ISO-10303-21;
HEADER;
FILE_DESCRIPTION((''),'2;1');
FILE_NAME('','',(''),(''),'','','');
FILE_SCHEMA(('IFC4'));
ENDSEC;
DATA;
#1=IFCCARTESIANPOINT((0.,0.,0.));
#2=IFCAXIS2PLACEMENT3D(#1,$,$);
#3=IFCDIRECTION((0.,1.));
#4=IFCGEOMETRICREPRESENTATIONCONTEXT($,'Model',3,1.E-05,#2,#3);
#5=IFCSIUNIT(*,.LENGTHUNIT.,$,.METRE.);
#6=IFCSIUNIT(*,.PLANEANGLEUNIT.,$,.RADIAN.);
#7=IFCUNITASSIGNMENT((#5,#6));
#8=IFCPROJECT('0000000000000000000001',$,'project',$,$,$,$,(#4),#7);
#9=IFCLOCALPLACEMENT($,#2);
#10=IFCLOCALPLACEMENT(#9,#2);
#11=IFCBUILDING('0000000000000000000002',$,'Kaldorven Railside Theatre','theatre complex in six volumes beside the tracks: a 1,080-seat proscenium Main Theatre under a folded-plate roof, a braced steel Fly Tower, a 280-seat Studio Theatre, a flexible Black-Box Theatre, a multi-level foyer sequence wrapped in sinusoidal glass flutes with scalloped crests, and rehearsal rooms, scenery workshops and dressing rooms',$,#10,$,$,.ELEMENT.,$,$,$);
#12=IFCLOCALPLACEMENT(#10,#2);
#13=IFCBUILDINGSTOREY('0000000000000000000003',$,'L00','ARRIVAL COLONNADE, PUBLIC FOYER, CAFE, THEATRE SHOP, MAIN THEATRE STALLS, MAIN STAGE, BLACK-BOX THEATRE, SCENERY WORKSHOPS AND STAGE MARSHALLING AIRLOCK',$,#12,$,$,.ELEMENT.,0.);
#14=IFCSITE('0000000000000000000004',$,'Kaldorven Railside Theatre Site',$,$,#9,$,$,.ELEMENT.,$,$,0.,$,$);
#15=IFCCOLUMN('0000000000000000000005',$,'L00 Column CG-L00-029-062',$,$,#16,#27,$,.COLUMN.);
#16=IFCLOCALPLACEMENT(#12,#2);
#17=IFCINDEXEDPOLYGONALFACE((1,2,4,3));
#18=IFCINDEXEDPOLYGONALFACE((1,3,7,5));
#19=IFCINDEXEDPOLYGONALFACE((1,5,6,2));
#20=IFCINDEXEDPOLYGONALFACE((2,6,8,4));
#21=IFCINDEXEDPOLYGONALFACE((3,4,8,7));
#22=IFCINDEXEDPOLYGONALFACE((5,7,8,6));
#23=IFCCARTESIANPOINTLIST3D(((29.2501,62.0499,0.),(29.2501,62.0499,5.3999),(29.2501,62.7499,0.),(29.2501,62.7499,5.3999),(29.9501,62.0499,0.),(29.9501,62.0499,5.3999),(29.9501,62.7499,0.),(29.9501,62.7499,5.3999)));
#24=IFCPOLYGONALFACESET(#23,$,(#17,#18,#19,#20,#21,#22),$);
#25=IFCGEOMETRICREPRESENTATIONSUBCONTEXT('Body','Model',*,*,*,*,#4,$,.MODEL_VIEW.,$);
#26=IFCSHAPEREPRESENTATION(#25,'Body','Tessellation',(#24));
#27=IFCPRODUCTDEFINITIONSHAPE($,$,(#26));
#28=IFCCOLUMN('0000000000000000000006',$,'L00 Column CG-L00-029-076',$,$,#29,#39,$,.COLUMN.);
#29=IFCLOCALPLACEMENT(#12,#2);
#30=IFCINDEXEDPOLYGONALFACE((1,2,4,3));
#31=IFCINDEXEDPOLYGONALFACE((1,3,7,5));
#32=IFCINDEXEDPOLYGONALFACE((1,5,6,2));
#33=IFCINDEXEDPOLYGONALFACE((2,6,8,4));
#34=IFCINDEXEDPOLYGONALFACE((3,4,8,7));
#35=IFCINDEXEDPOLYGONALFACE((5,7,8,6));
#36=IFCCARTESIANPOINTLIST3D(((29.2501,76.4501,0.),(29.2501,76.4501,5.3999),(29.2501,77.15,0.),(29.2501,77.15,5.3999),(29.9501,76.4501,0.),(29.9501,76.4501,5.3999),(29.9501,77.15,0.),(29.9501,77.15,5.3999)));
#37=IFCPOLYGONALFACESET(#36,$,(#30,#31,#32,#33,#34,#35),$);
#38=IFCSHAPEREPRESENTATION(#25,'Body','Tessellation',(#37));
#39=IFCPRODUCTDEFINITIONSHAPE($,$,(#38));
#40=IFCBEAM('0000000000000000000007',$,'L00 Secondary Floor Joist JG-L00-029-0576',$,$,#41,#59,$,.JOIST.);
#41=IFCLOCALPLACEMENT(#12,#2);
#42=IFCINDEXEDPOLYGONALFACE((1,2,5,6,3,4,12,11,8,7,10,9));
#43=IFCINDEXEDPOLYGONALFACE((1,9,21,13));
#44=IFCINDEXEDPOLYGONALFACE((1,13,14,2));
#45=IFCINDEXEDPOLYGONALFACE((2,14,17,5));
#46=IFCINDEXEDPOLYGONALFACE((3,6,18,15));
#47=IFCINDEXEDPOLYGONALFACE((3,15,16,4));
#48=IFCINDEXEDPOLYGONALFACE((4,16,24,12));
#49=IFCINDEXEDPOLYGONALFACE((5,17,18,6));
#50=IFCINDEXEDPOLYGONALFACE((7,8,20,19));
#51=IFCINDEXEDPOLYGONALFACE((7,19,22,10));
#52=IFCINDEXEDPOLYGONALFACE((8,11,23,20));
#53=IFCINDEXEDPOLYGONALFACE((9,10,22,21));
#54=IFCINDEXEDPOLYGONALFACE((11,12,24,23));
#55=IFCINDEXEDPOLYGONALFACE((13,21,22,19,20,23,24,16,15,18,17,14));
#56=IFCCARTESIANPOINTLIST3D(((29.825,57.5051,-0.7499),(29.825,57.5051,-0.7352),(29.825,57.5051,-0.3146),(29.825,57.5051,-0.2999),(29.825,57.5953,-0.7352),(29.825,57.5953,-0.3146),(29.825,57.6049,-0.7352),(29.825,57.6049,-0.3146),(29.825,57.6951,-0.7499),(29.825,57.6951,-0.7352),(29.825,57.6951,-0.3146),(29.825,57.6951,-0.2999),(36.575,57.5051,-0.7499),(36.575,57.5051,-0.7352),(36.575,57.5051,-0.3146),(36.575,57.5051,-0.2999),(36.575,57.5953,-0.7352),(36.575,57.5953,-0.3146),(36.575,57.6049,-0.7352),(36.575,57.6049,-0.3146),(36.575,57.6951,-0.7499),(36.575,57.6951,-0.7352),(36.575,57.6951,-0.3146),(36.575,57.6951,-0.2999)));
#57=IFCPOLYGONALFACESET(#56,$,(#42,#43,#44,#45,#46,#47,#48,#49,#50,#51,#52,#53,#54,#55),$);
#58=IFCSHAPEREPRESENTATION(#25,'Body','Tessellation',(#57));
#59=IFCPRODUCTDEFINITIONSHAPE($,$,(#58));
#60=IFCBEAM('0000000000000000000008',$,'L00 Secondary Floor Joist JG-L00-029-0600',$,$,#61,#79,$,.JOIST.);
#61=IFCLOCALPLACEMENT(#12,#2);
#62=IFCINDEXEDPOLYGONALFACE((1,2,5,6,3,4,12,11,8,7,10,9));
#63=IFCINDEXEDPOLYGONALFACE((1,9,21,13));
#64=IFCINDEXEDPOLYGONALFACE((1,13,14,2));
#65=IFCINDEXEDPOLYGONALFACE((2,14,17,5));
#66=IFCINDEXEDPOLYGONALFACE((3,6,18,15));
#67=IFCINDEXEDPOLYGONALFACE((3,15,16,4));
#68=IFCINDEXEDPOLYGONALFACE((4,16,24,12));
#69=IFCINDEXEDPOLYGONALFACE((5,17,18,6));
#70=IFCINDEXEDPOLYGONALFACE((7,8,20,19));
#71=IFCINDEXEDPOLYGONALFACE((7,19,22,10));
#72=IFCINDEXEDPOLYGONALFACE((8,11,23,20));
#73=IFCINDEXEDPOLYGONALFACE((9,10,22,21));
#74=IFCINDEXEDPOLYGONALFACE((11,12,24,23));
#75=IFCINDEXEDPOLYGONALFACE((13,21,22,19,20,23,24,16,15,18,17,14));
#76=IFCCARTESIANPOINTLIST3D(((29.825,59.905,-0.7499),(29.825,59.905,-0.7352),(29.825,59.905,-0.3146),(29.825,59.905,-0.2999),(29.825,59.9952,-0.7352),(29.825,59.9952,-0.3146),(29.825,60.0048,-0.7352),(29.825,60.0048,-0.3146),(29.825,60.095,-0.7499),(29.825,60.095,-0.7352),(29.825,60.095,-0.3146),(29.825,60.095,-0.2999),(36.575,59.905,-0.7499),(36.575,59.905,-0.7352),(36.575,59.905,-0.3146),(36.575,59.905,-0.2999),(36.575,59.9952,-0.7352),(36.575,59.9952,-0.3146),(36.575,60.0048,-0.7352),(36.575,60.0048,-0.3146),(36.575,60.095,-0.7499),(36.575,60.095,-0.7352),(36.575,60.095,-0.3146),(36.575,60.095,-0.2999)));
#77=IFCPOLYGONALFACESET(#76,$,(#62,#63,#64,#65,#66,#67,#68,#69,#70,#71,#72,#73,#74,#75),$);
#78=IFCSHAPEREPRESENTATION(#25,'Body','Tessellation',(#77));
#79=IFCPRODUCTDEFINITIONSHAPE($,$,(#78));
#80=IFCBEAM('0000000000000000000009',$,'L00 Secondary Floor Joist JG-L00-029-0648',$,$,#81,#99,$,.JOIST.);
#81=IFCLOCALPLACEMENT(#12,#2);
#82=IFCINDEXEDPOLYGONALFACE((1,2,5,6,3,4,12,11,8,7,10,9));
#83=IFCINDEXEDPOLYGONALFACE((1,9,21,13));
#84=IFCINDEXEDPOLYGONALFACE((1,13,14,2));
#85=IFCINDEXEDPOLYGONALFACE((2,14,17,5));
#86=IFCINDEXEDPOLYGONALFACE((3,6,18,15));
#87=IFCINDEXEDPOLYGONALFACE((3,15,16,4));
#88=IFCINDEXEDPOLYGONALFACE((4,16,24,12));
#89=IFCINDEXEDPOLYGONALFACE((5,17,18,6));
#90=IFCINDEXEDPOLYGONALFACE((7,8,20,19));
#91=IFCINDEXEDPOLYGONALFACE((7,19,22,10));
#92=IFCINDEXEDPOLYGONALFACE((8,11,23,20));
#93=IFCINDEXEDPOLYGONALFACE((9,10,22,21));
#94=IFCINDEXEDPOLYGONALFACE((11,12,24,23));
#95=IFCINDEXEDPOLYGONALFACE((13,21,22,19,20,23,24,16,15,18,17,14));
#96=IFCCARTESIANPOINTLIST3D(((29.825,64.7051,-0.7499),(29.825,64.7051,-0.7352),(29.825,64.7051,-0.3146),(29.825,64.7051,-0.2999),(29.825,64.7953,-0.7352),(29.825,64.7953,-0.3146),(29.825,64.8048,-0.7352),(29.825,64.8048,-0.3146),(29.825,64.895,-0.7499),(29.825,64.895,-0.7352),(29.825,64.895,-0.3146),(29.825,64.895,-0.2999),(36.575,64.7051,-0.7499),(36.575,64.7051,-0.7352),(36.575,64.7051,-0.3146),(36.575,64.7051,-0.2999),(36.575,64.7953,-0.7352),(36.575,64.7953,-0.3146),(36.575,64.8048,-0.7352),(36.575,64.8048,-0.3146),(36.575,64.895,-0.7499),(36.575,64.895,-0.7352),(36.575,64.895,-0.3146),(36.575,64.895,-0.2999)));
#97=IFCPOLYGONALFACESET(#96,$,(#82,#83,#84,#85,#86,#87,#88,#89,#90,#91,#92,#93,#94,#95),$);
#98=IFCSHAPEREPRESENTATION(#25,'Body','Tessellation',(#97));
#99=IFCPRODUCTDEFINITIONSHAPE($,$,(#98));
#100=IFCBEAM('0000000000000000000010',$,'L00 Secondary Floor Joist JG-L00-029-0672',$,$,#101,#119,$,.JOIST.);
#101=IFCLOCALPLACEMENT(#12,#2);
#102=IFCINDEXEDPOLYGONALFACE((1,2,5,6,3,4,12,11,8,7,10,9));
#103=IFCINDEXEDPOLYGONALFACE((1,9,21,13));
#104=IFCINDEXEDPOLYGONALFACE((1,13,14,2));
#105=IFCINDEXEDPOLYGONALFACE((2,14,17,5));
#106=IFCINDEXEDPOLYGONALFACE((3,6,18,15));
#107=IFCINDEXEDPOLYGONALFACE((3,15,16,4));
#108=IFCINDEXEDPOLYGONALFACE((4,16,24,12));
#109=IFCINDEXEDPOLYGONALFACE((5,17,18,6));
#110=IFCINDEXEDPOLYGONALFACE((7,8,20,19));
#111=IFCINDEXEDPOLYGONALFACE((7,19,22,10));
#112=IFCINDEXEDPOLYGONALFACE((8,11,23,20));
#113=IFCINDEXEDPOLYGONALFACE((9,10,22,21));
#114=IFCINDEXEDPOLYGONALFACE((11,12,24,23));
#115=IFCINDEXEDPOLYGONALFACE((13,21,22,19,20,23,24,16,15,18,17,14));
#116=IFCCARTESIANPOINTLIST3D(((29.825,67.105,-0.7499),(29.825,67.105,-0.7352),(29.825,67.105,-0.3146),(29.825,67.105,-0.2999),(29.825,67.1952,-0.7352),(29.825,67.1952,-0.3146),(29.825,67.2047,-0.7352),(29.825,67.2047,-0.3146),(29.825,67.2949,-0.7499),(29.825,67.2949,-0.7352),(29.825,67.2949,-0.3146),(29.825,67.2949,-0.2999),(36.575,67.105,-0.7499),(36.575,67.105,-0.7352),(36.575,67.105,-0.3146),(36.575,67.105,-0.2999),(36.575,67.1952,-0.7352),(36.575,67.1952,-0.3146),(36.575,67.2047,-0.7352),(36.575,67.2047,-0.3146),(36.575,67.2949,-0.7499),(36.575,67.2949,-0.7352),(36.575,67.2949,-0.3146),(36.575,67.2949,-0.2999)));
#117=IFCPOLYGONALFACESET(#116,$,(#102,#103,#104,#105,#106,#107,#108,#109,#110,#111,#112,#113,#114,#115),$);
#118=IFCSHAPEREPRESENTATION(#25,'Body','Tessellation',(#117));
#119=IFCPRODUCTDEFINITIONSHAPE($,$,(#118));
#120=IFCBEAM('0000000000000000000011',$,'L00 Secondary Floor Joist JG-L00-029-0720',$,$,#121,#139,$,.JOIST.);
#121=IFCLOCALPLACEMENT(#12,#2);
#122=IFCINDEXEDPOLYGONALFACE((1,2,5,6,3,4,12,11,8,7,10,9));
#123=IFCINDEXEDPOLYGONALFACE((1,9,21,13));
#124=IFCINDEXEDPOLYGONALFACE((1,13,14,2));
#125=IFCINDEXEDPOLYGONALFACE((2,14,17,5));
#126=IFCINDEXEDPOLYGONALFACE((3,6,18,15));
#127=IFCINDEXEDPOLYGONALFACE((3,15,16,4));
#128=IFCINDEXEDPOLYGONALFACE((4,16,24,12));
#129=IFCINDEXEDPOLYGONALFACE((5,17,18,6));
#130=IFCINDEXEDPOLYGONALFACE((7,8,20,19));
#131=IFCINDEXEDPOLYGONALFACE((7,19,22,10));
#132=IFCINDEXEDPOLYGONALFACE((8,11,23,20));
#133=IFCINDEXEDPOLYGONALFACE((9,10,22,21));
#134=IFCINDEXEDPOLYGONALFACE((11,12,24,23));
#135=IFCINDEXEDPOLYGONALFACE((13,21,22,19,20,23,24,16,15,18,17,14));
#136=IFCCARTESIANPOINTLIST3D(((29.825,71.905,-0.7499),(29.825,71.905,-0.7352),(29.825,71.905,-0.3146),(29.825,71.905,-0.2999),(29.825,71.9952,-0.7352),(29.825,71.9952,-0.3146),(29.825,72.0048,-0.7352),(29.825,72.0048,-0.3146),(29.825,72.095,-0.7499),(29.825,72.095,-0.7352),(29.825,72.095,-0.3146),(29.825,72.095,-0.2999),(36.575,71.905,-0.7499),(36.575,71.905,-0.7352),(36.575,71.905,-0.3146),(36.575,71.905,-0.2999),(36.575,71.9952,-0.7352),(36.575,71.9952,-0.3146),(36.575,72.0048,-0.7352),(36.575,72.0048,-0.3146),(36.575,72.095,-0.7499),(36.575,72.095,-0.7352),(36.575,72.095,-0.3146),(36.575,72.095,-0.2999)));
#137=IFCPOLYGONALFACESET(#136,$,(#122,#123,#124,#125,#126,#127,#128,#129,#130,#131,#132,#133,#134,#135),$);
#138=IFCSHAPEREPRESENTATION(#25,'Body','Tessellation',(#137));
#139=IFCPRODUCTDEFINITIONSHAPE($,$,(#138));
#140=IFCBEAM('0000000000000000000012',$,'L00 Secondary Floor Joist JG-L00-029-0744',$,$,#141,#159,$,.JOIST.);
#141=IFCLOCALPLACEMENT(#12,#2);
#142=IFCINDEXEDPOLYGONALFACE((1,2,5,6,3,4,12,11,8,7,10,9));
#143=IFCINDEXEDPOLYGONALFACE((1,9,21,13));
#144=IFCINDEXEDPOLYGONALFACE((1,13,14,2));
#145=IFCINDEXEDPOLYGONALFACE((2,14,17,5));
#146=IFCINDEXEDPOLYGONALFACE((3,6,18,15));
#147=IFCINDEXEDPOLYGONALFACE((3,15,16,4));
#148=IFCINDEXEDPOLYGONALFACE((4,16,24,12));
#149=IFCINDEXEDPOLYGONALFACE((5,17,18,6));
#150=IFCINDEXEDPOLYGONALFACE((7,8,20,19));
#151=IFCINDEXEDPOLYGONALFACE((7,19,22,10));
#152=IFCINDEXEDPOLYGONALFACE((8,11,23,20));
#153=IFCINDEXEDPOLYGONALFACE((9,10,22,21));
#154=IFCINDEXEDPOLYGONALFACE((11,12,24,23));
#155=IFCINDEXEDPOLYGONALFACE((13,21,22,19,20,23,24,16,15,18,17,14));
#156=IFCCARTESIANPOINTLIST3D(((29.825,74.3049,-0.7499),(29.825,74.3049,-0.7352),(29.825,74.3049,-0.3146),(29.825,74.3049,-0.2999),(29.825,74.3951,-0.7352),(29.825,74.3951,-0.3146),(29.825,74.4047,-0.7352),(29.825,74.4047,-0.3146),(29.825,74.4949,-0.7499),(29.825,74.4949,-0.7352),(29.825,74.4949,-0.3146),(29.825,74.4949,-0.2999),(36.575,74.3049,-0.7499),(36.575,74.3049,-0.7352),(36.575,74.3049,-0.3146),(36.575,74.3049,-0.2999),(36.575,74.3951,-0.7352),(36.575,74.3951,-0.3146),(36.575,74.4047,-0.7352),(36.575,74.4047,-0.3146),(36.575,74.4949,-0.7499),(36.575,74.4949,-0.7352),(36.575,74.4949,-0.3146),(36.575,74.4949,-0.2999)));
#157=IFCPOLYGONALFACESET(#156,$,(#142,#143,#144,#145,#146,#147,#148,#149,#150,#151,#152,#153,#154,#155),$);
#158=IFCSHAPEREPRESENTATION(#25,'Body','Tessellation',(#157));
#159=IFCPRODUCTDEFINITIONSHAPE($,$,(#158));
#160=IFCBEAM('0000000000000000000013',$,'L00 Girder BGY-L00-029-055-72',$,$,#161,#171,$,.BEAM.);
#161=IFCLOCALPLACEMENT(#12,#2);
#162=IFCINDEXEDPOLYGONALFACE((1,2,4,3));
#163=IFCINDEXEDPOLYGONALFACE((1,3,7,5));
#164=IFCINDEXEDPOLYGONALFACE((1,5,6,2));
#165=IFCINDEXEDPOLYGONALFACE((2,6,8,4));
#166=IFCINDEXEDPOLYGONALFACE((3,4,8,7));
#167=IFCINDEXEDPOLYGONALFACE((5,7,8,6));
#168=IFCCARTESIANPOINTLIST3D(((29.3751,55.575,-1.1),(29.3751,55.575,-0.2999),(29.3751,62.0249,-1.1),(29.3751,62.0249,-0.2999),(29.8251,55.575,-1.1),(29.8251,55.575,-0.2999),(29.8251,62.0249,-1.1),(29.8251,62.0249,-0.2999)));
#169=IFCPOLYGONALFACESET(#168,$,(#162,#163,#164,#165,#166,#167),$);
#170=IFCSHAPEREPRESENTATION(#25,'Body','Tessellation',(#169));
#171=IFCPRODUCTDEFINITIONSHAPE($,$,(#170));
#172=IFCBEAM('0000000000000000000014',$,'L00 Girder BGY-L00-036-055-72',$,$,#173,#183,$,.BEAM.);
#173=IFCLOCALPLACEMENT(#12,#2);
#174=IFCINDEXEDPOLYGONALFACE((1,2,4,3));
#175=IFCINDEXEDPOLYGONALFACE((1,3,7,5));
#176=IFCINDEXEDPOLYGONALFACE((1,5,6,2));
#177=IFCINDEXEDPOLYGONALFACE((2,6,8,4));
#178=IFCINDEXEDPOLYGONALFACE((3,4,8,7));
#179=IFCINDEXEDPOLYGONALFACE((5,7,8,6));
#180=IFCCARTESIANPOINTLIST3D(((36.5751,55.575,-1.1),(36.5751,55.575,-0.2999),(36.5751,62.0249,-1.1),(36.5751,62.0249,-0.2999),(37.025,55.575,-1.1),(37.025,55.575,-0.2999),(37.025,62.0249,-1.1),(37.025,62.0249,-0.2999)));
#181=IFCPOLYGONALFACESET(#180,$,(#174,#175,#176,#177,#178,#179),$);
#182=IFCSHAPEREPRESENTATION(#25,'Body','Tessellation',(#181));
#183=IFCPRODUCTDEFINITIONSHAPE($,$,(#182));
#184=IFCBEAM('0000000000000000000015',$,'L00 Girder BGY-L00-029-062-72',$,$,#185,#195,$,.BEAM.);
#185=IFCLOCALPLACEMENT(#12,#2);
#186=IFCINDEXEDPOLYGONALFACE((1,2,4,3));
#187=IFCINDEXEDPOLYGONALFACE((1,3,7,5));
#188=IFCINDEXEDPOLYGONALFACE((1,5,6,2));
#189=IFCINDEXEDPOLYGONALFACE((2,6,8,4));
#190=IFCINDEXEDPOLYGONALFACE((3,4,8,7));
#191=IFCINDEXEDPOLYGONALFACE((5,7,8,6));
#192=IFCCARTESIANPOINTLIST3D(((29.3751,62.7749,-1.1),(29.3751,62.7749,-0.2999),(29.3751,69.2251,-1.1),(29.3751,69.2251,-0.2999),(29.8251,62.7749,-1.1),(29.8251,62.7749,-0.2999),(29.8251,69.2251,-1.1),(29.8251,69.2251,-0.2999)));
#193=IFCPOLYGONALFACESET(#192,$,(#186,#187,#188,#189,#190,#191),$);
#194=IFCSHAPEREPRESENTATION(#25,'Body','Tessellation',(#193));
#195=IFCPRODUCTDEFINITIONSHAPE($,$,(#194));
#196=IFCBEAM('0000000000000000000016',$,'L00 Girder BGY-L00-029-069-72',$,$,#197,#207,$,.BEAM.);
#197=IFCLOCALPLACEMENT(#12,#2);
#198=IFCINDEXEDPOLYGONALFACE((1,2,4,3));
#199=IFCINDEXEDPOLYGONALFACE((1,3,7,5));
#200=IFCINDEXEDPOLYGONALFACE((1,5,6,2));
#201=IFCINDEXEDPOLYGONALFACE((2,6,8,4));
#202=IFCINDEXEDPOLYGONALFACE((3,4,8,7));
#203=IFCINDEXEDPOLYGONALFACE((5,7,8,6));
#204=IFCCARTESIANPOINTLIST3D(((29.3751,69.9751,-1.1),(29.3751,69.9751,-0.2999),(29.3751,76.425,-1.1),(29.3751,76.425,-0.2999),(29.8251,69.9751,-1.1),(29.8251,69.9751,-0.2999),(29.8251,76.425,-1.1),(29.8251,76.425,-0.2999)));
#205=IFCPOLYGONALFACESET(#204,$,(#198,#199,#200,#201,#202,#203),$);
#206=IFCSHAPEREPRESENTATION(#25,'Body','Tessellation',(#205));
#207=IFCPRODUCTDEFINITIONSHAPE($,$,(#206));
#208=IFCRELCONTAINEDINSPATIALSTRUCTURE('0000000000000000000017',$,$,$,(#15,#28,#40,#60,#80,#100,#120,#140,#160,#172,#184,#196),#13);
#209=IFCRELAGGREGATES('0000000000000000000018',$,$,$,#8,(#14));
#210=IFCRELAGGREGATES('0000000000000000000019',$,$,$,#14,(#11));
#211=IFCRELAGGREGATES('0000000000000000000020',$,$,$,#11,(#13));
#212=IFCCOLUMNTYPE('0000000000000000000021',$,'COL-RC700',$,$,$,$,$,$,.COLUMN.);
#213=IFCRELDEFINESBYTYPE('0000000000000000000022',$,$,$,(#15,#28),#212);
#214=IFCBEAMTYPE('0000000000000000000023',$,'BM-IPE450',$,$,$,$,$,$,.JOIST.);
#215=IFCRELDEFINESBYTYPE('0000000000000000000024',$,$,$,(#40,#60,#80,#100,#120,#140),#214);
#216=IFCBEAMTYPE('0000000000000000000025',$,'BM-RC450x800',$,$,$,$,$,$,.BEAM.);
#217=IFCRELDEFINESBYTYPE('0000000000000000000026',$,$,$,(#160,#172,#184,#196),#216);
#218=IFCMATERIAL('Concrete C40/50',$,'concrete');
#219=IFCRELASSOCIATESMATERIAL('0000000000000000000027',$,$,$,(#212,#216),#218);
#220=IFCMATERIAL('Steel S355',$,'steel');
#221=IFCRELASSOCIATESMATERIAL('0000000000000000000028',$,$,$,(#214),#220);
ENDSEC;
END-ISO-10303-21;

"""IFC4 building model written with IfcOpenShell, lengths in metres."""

from ifc_helpers import new_model, si_unit, direction, frame, origin, origin_2d, place, context, subcontext, project, spatial, rectangle, i_section, extrude, material, material_profile, profile_set, type_object, element, save


model = new_model("IFC4")

# Units and contexts
model_context = context("Model", 3, precision=1e-05, world=origin(), true_north=direction((0.0, 1.0)))
body_context = subcontext(model_context, "Body", "Model", "MODEL_VIEW")
ifc_project = project(units=[si_unit("LENGTHUNIT", "METRE"), si_unit("PLANEANGLEUNIT", "RADIAN")], contexts=[model_context])

# Site, building, storey
site_placement = place(None, origin())
site = spatial("IfcSite", under=ifc_project, at=site_placement, Name="Kaldorven Railside Theatre Site", CompositionType="ELEMENT", RefElevation=0.0)
building_placement = place(site_placement, origin())
building = spatial("IfcBuilding", under=site, at=building_placement, Name="Kaldorven Railside Theatre", Description="theatre complex in six volumes beside the tracks: a 1,080-seat proscenium Main Theatre under a folded-plate roof, a braced steel Fly Tower, a 280-seat Studio Theatre, a flexible Black-Box Theatre, a multi-level foyer sequence wrapped in sinusoidal glass flutes with scalloped crests, and rehearsal rooms, scenery workshops and dressing rooms", CompositionType="ELEMENT")
storey_placement = place(building_placement, origin())
storey = spatial("IfcBuildingStorey", under=building, at=storey_placement, Name="L00", Description="ARRIVAL COLONNADE, PUBLIC FOYER, CAFE, THEATRE SHOP, MAIN THEATRE STALLS, MAIN STAGE, BLACK-BOX THEATRE, SCENERY WORKSHOPS AND STAGE MARSHALLING AIRLOCK", CompositionType="ELEMENT", Elevation=0.0)

# Columns
ifc_material_1 = material(Name="Concrete C40/50", Category="concrete")
ifc_material_profile_1 = material_profile(ifc_material_1, rectangle(XDim=0.7, YDim=0.7, at=origin_2d()), Name="RC 700x700")
ifc_profile_set_1 = profile_set([ifc_material_profile_1], Name="Concrete C40/50")
column_type = type_object("IfcColumnType", Name="COL-RC700", PredefinedType="COLUMN", material=ifc_profile_set_1)
for number, where, z_axis, x_axis, name in (
    (1, (29.6001, 62.3999, 0.0), (0.0, 0.0, 1.0), (1.0, 0.0, 0.0), "L00 Column CG-L00-029-062"),
    (2, (29.6001, 76.8, 0.0), (0.0, 0.0, 1.0), (1.0, 0.0, 0.0), "L00 Column CG-L00-029-076"),
):
    element("IfcColumn", number, at=place(storey_placement, frame(where, z_axis=z_axis, x_axis=x_axis)), inside=storey, type_object=column_type, Name=name, PredefinedType="COLUMN", context=body_context, shape_type="SweptSolid", body=[
        extrude(rectangle(XDim=0.7, YDim=0.7, at=origin_2d()), origin(), (0.0, 0.0, 1.0), 5.3999),
    ])

# Beams
ifc_material_2 = material(Name="Steel S355", Category="steel")
ifc_material_profile_2 = material_profile(ifc_material_2, i_section(OverallWidth=0.1899, OverallDepth=0.45, WebThickness=0.0095, FlangeThickness=0.0146, at=origin_2d()), Name="IPE 450")
ifc_profile_set_2 = profile_set([ifc_material_profile_2], Name="Steel S355")
beam_type_1 = type_object("IfcBeamType", Name="BM-IPE450", PredefinedType="JOIST", material=ifc_profile_set_2)
for number, where, z_axis, x_axis, name in (
    (3, (29.825, 57.6001, -0.5249), (1.0, 0.0, 0.0), (0.0, 1.0, 0.0), "L00 Secondary Floor Joist JG-L00-029-0576"),
    (4, (29.825, 60.0, -0.5249), (1.0, 0.0, 0.0), (0.0, 1.0, 0.0), "L00 Secondary Floor Joist JG-L00-029-0600"),
    (5, (29.825, 64.8, -0.5249), (1.0, 0.0, 0.0), (0.0, 1.0, 0.0), "L00 Secondary Floor Joist JG-L00-029-0648"),
    (6, (29.825, 67.2, -0.5249), (1.0, 0.0, 0.0), (0.0, 1.0, 0.0), "L00 Secondary Floor Joist JG-L00-029-0672"),
    (7, (29.825, 72.0, -0.5249), (1.0, 0.0, 0.0), (0.0, 1.0, 0.0), "L00 Secondary Floor Joist JG-L00-029-0720"),
    (8, (29.825, 74.3999, -0.5249), (1.0, 0.0, 0.0), (0.0, 1.0, 0.0), "L00 Secondary Floor Joist JG-L00-029-0744"),
):
    element("IfcBeam", number, at=place(storey_placement, frame(where, z_axis=z_axis, x_axis=x_axis)), inside=storey, type_object=beam_type_1, Name=name, PredefinedType="JOIST", context=body_context, shape_type="SweptSolid", body=[
        extrude(i_section(OverallWidth=0.1899, OverallDepth=0.45, WebThickness=0.0095, FlangeThickness=0.0146, at=origin_2d()), origin(), (0.0, 0.0, 1.0), 6.75),
    ])
ifc_material_profile_3 = material_profile(ifc_material_1, rectangle(XDim=0.45, YDim=0.8, at=origin_2d()), Name="RC 450x800")
ifc_profile_set_3 = profile_set([ifc_material_profile_3], Name="Concrete C40/50")
beam_type_2 = type_object("IfcBeamType", Name="BM-RC450x800", PredefinedType="BEAM", material=ifc_profile_set_3)
for number, where, z_axis, x_axis, name in (
    (9, (29.6001, 55.575, -0.7), (0.0, 1.0, 0.0), (-1.0, 0.0, 0.0), "L00 Girder BGY-L00-029-055-72"),
    (10, (36.8, 55.575, -0.7), (0.0, 1.0, 0.0), (-1.0, 0.0, 0.0), "L00 Girder BGY-L00-036-055-72"),
):
    element("IfcBeam", number, at=place(storey_placement, frame(where, z_axis=z_axis, x_axis=x_axis)), inside=storey, type_object=beam_type_2, Name=name, PredefinedType="BEAM", context=body_context, shape_type="SweptSolid", body=[
        extrude(rectangle(XDim=0.45, YDim=0.8, at=origin_2d()), origin(), (0.0, 0.0, 1.0), 6.45),
    ])
beam_1_placement = place(storey_placement, frame((29.6001, 62.7749, -0.7), z_axis=(0.0, 1.0, 0.0), x_axis=(-1.0, 0.0, 0.0)))
element("IfcBeam", 11, at=beam_1_placement, inside=storey, type_object=beam_type_2, Name="L00 Girder BGY-L00-029-062-72", PredefinedType="BEAM", context=body_context, shape_type="SweptSolid", body=[
    extrude(rectangle(XDim=0.45, YDim=0.8, at=origin_2d()), origin(), (0.0, 0.0, 1.0), 6.4502),
])
beam_2_placement = place(storey_placement, frame((29.6001, 69.9751, -0.7), z_axis=(0.0, 1.0, 0.0), x_axis=(-1.0, 0.0, 0.0)))
element("IfcBeam", 12, at=beam_2_placement, inside=storey, type_object=beam_type_2, Name="L00 Girder BGY-L00-029-069-72", PredefinedType="BEAM", context=body_context, shape_type="SweptSolid", body=[
    extrude(rectangle(XDim=0.45, YDim=0.8, at=origin_2d()), origin(), (0.0, 0.0, 1.0), 6.45),
])

save(model, "model.ifc")
